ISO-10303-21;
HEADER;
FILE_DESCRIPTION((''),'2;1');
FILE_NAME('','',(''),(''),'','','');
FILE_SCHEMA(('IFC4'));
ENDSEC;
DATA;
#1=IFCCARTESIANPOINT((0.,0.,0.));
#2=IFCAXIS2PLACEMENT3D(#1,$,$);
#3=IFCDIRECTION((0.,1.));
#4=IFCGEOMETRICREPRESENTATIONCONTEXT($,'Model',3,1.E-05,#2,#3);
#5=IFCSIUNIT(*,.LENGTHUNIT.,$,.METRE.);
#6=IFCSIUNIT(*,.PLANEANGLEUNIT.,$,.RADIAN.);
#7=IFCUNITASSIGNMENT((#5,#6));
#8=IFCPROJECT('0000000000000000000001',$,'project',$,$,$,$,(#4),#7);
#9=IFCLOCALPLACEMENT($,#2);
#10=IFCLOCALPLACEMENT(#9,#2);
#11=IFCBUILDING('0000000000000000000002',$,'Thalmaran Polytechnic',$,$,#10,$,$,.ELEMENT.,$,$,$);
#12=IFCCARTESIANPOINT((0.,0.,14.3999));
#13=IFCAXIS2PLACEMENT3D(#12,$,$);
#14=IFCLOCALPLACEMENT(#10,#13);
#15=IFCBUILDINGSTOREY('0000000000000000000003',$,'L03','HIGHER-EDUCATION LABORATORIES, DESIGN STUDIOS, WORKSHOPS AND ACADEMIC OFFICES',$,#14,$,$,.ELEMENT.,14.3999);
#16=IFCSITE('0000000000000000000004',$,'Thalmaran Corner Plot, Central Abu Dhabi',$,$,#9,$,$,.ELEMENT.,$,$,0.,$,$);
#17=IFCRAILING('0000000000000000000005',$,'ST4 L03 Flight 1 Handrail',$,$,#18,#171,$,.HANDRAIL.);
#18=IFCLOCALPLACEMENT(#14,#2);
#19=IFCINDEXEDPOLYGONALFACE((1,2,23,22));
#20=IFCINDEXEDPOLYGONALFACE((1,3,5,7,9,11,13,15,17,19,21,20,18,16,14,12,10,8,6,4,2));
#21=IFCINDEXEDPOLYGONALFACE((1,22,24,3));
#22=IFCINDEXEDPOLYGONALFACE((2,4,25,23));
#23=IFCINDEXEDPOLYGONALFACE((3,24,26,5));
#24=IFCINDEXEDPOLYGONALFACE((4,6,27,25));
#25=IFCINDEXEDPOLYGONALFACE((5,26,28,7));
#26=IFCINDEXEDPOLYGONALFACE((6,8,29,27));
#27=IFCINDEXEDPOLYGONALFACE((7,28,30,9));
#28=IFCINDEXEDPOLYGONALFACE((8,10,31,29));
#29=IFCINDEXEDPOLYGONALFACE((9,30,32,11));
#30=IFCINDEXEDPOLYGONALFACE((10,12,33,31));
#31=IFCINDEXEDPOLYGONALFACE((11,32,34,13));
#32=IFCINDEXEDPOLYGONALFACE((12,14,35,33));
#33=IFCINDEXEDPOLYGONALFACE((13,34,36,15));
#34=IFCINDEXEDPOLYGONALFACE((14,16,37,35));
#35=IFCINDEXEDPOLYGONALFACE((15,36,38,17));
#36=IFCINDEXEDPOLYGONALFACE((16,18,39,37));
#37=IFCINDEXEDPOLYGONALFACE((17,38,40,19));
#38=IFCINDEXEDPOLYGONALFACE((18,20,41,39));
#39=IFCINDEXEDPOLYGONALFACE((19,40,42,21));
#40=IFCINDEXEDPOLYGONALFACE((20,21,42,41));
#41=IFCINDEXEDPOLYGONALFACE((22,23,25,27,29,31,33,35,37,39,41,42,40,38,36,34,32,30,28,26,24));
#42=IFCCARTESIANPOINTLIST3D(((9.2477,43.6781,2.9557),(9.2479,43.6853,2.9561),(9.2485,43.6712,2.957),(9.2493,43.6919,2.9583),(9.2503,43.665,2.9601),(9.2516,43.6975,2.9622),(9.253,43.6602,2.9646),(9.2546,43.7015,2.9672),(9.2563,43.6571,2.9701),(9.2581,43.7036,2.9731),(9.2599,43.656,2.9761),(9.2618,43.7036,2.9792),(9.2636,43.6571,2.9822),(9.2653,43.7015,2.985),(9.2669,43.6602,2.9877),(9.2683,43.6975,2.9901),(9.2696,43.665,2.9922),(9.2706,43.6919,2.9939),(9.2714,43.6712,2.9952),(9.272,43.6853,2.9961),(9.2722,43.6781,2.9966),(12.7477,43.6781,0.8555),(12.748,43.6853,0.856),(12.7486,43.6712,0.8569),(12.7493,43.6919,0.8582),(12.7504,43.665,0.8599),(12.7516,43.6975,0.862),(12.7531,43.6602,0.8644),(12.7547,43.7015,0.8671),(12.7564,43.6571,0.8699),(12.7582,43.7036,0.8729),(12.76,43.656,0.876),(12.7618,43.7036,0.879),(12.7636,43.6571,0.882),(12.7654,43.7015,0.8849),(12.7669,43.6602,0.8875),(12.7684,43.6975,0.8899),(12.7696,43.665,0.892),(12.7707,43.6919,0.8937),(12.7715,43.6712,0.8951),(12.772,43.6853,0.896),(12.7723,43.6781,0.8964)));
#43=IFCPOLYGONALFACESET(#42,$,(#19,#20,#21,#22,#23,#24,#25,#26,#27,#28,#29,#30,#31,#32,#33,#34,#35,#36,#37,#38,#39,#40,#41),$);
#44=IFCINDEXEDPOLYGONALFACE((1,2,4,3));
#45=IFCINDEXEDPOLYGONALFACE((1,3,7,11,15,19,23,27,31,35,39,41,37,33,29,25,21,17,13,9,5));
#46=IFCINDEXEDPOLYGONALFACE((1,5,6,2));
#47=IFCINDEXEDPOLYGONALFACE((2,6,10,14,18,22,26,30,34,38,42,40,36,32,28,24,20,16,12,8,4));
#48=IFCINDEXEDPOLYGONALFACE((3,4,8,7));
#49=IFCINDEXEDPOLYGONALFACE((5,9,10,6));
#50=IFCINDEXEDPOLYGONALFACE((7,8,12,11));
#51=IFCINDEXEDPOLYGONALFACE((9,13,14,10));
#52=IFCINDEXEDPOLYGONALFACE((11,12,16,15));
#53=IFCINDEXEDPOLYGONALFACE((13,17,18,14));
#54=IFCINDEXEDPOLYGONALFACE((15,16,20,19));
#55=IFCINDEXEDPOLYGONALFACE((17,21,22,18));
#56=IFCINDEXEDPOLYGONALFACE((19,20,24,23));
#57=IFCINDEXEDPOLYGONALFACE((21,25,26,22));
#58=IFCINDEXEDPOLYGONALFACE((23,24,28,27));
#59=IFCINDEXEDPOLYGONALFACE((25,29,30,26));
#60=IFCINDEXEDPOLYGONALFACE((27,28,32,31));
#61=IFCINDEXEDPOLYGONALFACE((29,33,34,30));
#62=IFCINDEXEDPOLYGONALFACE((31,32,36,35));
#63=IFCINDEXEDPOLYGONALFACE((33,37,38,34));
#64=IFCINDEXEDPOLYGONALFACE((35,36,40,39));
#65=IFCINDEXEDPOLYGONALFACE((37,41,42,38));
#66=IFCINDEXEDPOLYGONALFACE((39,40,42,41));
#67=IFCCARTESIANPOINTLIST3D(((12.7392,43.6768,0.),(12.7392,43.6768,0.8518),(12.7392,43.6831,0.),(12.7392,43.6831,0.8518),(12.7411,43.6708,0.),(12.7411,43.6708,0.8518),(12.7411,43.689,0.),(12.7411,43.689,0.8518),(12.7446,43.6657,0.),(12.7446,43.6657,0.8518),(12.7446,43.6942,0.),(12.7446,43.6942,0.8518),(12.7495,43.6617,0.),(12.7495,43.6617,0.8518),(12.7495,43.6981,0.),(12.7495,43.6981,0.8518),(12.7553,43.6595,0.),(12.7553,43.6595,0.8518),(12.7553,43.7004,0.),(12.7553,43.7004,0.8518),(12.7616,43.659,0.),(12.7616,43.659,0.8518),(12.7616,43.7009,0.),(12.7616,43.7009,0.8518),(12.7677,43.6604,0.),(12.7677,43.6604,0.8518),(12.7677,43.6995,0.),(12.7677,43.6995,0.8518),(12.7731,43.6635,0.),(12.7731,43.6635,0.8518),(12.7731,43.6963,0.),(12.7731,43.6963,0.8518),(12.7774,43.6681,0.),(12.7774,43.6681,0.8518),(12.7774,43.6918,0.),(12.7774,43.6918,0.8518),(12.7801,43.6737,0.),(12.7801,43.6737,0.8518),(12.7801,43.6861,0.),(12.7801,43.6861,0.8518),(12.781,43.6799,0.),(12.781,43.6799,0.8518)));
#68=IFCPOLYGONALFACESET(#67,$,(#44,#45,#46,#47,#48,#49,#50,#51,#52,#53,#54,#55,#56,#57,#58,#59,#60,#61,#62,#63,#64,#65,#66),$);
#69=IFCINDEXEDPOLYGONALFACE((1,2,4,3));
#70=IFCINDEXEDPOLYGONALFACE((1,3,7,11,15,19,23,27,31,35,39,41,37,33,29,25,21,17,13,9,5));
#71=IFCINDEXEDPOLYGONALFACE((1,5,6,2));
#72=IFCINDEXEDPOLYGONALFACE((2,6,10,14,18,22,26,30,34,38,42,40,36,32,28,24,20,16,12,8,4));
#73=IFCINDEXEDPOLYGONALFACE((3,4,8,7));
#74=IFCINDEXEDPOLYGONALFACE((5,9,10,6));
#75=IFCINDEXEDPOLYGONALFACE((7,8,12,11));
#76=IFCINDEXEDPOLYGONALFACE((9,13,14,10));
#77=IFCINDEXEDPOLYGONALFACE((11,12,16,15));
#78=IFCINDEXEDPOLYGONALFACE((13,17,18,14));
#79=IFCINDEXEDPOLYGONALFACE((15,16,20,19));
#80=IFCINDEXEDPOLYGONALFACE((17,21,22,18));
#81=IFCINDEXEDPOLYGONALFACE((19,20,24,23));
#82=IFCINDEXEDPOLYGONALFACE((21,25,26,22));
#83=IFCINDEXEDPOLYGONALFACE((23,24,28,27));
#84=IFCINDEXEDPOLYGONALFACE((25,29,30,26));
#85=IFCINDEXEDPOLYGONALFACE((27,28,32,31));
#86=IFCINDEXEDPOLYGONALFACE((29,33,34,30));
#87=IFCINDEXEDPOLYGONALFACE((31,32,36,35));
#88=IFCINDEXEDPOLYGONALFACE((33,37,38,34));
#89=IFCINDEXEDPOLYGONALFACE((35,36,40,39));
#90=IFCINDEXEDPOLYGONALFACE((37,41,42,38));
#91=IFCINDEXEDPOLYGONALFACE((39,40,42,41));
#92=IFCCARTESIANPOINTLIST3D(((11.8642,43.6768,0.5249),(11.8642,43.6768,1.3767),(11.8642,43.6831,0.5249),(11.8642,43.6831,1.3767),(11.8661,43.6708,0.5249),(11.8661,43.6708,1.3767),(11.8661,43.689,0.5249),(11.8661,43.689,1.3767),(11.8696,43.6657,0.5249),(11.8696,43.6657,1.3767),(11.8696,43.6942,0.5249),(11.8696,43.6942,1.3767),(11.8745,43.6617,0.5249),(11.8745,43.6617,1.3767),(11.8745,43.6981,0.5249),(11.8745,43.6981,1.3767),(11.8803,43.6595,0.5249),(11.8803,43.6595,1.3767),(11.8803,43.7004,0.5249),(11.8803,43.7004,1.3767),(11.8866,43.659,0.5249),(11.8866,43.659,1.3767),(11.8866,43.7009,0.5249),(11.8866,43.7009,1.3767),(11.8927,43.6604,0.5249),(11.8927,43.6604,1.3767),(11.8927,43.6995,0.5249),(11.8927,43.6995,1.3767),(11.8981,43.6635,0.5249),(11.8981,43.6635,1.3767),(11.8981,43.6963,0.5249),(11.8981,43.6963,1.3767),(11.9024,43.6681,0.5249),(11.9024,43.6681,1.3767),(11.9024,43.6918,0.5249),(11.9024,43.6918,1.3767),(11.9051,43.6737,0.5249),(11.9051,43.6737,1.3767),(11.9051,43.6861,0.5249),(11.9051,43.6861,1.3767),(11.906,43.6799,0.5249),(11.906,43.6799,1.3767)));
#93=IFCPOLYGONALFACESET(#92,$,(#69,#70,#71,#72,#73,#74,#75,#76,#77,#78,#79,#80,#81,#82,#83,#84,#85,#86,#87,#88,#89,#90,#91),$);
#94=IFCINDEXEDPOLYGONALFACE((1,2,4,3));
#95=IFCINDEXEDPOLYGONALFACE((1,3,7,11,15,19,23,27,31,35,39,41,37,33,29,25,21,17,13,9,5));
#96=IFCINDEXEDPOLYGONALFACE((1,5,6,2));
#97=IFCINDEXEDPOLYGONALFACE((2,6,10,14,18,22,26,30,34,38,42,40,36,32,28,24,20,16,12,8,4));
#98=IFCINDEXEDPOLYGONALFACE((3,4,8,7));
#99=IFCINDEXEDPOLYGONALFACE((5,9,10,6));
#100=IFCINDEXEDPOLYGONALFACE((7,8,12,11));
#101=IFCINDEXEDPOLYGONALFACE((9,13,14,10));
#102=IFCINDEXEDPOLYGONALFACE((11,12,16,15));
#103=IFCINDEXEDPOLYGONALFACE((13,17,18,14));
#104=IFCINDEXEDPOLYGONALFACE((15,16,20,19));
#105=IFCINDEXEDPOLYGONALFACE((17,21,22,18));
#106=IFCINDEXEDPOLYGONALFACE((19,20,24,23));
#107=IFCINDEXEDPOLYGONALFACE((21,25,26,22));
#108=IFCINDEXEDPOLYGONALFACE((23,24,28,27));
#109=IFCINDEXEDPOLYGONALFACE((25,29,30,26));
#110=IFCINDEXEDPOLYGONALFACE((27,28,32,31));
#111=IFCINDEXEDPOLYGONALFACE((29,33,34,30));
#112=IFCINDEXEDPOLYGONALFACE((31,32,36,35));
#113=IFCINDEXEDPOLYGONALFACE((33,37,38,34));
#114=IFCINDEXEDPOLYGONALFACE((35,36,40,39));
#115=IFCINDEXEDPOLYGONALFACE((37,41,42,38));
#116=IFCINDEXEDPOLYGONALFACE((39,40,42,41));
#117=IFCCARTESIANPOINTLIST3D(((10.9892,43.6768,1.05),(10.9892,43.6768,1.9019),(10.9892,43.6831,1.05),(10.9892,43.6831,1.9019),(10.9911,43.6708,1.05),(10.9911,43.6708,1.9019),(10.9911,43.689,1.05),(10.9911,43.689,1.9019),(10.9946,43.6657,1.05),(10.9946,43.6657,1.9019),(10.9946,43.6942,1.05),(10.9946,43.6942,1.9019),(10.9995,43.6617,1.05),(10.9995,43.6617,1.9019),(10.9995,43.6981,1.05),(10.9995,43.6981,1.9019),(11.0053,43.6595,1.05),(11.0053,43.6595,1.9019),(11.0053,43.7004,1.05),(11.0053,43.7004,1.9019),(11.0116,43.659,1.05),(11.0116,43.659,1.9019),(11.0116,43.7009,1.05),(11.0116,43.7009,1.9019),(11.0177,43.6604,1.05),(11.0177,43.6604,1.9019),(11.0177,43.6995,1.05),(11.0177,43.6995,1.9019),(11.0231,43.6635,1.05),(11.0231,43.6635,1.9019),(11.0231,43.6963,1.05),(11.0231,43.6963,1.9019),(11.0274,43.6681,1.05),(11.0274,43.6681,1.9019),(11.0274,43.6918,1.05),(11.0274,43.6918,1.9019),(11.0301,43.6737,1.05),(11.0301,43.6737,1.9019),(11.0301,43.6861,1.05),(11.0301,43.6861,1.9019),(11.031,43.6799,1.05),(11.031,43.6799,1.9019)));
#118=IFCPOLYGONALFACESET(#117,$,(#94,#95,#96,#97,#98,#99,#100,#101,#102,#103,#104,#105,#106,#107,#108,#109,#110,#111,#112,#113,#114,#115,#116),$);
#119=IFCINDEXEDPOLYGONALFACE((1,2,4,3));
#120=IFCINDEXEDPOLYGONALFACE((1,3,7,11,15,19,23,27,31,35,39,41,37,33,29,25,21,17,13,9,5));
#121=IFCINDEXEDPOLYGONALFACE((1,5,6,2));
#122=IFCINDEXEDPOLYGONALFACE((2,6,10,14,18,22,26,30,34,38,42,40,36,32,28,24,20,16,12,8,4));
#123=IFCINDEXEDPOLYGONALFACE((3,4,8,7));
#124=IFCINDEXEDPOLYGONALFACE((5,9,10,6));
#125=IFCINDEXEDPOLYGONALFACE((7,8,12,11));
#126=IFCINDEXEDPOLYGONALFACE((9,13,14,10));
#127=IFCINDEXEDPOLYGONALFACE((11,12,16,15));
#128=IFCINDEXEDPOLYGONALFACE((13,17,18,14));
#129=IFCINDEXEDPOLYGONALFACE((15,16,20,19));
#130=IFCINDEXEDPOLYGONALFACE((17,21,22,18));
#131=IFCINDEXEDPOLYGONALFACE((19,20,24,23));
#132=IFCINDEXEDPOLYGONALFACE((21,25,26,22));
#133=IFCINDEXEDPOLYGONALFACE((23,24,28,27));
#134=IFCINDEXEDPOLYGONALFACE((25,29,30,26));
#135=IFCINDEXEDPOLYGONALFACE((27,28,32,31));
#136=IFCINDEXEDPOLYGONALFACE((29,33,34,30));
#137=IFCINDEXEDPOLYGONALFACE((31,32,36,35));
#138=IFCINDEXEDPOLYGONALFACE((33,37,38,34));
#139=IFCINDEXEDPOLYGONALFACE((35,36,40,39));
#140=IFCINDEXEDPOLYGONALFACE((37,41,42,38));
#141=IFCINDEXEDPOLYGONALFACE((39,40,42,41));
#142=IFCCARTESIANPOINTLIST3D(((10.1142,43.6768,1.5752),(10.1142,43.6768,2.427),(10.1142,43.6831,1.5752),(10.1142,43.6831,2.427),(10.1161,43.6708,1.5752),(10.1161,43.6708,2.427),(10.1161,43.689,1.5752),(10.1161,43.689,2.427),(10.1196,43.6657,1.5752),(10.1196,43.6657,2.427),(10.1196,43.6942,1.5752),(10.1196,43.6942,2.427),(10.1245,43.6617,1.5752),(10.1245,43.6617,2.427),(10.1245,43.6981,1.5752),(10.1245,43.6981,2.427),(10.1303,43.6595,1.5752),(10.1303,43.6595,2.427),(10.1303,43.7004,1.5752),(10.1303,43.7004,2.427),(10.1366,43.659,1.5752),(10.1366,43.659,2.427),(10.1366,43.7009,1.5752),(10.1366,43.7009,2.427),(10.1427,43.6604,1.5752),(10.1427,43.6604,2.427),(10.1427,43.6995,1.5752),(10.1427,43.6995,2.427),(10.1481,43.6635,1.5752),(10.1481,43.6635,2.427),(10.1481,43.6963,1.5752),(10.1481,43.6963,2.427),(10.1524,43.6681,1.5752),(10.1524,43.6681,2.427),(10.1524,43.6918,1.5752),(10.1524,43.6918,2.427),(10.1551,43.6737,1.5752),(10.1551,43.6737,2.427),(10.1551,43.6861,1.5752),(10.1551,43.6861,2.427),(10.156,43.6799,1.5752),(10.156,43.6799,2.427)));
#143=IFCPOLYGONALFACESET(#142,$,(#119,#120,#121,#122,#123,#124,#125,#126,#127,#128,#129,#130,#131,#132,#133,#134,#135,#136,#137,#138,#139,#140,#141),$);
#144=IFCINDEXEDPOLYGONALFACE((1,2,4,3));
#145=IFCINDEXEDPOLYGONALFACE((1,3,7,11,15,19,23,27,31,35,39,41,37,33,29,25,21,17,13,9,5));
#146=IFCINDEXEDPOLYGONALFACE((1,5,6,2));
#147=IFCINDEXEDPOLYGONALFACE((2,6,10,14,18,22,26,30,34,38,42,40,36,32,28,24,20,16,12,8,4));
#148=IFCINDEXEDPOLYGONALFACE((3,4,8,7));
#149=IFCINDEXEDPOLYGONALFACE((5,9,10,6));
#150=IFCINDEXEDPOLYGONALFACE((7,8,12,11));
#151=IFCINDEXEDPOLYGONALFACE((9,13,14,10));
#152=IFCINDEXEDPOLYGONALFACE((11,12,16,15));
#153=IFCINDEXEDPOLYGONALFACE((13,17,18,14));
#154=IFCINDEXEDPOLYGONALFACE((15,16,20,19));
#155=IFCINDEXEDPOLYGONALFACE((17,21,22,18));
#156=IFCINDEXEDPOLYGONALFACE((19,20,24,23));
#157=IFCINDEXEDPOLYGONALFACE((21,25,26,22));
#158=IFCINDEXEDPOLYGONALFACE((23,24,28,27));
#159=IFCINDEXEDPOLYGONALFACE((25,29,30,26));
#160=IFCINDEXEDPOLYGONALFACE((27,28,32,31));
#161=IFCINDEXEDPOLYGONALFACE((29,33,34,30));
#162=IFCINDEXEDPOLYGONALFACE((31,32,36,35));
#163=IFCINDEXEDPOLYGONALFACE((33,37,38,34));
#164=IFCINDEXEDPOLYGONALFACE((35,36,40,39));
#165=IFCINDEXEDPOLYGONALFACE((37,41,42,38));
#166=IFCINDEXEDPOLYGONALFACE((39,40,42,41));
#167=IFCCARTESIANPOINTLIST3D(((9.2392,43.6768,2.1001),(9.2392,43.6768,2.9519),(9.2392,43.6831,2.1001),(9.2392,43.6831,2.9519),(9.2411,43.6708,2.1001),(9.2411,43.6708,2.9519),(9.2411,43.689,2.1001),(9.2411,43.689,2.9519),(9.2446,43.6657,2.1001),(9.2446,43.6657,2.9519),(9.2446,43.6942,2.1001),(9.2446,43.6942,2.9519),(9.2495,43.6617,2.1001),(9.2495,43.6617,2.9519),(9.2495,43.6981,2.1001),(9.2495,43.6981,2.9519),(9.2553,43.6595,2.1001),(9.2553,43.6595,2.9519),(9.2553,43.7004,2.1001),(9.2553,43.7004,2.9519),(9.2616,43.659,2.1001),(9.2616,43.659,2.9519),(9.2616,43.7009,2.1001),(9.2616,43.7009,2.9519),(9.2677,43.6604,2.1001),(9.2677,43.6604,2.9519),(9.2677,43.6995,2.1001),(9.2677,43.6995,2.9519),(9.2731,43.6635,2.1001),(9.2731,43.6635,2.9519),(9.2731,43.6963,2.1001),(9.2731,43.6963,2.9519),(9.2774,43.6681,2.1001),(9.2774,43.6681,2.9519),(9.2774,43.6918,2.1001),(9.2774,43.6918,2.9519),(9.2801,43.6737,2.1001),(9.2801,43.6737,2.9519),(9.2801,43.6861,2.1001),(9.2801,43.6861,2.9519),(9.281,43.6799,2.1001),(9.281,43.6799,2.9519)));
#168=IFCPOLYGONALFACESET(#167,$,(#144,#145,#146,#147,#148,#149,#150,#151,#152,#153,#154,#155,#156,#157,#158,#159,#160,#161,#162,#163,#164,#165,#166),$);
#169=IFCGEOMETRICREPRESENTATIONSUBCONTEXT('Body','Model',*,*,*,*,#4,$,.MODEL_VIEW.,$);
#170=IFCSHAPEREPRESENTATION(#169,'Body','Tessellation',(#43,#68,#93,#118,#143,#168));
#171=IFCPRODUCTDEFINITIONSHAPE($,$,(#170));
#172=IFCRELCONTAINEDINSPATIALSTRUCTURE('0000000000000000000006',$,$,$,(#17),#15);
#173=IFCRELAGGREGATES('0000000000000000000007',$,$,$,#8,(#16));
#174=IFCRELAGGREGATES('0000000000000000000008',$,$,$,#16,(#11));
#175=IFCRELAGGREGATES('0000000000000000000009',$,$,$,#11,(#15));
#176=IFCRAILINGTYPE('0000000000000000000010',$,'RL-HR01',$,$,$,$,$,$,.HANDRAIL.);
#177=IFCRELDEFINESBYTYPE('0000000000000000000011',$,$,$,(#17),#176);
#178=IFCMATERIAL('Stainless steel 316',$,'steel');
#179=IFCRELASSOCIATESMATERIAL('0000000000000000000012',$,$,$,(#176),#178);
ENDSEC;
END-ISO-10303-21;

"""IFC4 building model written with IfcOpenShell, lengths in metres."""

from ifc_helpers import new_model, si_unit, direction, frame, origin, origin_2d, place, context, subcontext, project, spatial, circle, extrude, material, type_object, element, save


model = new_model("IFC4")

# Units and contexts
model_context = context("Model", 3, precision=1e-05, world=origin(), true_north=direction((0.0, 1.0)))
body_context = subcontext(model_context, "Body", "Model", "MODEL_VIEW")
ifc_project = project(units=[si_unit("LENGTHUNIT", "METRE"), si_unit("PLANEANGLEUNIT", "RADIAN")], contexts=[model_context])

# Site, building, storey
site_placement = place(None, origin())
site = spatial("IfcSite", under=ifc_project, at=site_placement, Name="Thalmaran Corner Plot, Central Abu Dhabi", CompositionType="ELEMENT", RefElevation=0.0)
building_placement = place(site_placement, origin())
building = spatial("IfcBuilding", under=site, at=building_placement, Name="Thalmaran Polytechnic", CompositionType="ELEMENT")
storey_placement = place(building_placement, frame((0.0, 0.0, 14.3999)))
storey = spatial("IfcBuildingStorey", under=building, at=storey_placement, Name="L03", Description="HIGHER-EDUCATION LABORATORIES, DESIGN STUDIOS, WORKSHOPS AND ACADEMIC OFFICES", CompositionType="ELEMENT", Elevation=14.3999)

# Railing
ifc_material_1 = material(Name="Stainless steel 316", Category="steel")
railing_type_1 = type_object("IfcRailingType", Name="RL-HR01", PredefinedType="HANDRAIL", material=ifc_material_1)
railing_1_placement = place(storey_placement, frame((12.76, 43.6799, 0.0)))
element("IfcRailing", 1, at=railing_1_placement, inside=storey, type_object=railing_type_1, Name="ST4 L03 Flight 1 Handrail", PredefinedType="HANDRAIL", context=body_context, shape_type="SweptSolid", body=[
    extrude(circle(Radius=0.0239, at=origin_2d()), frame((0.0, 0.0, 0.876), z_axis=(-0.857482, 0.0, 0.514513), x_axis=(0.0, -1.0, 0.0)), (0.0, 0.0, 1.0), 4.0818),
    extrude(circle(Radius=0.021, at=origin_2d()), origin(), (0.0, 0.0, 1.0), 0.8518),
    extrude(circle(Radius=0.021, at=origin_2d()), frame((-0.875, 0.0, 0.5249)), (0.0, 0.0, 1.0), 0.8518),
    extrude(circle(Radius=0.021, at=origin_2d()), frame((-1.75, 0.0, 1.05)), (0.0, 0.0, 1.0), 0.8518),
    extrude(circle(Radius=0.021, at=origin_2d()), frame((-2.625, 0.0, 1.5752)), (0.0, 0.0, 1.0), 0.8518),
    extrude(circle(Radius=0.021, at=origin_2d()), frame((-3.5, 0.0, 2.1001)), (0.0, 0.0, 1.0), 0.8518),
])

save(model, "model.ifc")
